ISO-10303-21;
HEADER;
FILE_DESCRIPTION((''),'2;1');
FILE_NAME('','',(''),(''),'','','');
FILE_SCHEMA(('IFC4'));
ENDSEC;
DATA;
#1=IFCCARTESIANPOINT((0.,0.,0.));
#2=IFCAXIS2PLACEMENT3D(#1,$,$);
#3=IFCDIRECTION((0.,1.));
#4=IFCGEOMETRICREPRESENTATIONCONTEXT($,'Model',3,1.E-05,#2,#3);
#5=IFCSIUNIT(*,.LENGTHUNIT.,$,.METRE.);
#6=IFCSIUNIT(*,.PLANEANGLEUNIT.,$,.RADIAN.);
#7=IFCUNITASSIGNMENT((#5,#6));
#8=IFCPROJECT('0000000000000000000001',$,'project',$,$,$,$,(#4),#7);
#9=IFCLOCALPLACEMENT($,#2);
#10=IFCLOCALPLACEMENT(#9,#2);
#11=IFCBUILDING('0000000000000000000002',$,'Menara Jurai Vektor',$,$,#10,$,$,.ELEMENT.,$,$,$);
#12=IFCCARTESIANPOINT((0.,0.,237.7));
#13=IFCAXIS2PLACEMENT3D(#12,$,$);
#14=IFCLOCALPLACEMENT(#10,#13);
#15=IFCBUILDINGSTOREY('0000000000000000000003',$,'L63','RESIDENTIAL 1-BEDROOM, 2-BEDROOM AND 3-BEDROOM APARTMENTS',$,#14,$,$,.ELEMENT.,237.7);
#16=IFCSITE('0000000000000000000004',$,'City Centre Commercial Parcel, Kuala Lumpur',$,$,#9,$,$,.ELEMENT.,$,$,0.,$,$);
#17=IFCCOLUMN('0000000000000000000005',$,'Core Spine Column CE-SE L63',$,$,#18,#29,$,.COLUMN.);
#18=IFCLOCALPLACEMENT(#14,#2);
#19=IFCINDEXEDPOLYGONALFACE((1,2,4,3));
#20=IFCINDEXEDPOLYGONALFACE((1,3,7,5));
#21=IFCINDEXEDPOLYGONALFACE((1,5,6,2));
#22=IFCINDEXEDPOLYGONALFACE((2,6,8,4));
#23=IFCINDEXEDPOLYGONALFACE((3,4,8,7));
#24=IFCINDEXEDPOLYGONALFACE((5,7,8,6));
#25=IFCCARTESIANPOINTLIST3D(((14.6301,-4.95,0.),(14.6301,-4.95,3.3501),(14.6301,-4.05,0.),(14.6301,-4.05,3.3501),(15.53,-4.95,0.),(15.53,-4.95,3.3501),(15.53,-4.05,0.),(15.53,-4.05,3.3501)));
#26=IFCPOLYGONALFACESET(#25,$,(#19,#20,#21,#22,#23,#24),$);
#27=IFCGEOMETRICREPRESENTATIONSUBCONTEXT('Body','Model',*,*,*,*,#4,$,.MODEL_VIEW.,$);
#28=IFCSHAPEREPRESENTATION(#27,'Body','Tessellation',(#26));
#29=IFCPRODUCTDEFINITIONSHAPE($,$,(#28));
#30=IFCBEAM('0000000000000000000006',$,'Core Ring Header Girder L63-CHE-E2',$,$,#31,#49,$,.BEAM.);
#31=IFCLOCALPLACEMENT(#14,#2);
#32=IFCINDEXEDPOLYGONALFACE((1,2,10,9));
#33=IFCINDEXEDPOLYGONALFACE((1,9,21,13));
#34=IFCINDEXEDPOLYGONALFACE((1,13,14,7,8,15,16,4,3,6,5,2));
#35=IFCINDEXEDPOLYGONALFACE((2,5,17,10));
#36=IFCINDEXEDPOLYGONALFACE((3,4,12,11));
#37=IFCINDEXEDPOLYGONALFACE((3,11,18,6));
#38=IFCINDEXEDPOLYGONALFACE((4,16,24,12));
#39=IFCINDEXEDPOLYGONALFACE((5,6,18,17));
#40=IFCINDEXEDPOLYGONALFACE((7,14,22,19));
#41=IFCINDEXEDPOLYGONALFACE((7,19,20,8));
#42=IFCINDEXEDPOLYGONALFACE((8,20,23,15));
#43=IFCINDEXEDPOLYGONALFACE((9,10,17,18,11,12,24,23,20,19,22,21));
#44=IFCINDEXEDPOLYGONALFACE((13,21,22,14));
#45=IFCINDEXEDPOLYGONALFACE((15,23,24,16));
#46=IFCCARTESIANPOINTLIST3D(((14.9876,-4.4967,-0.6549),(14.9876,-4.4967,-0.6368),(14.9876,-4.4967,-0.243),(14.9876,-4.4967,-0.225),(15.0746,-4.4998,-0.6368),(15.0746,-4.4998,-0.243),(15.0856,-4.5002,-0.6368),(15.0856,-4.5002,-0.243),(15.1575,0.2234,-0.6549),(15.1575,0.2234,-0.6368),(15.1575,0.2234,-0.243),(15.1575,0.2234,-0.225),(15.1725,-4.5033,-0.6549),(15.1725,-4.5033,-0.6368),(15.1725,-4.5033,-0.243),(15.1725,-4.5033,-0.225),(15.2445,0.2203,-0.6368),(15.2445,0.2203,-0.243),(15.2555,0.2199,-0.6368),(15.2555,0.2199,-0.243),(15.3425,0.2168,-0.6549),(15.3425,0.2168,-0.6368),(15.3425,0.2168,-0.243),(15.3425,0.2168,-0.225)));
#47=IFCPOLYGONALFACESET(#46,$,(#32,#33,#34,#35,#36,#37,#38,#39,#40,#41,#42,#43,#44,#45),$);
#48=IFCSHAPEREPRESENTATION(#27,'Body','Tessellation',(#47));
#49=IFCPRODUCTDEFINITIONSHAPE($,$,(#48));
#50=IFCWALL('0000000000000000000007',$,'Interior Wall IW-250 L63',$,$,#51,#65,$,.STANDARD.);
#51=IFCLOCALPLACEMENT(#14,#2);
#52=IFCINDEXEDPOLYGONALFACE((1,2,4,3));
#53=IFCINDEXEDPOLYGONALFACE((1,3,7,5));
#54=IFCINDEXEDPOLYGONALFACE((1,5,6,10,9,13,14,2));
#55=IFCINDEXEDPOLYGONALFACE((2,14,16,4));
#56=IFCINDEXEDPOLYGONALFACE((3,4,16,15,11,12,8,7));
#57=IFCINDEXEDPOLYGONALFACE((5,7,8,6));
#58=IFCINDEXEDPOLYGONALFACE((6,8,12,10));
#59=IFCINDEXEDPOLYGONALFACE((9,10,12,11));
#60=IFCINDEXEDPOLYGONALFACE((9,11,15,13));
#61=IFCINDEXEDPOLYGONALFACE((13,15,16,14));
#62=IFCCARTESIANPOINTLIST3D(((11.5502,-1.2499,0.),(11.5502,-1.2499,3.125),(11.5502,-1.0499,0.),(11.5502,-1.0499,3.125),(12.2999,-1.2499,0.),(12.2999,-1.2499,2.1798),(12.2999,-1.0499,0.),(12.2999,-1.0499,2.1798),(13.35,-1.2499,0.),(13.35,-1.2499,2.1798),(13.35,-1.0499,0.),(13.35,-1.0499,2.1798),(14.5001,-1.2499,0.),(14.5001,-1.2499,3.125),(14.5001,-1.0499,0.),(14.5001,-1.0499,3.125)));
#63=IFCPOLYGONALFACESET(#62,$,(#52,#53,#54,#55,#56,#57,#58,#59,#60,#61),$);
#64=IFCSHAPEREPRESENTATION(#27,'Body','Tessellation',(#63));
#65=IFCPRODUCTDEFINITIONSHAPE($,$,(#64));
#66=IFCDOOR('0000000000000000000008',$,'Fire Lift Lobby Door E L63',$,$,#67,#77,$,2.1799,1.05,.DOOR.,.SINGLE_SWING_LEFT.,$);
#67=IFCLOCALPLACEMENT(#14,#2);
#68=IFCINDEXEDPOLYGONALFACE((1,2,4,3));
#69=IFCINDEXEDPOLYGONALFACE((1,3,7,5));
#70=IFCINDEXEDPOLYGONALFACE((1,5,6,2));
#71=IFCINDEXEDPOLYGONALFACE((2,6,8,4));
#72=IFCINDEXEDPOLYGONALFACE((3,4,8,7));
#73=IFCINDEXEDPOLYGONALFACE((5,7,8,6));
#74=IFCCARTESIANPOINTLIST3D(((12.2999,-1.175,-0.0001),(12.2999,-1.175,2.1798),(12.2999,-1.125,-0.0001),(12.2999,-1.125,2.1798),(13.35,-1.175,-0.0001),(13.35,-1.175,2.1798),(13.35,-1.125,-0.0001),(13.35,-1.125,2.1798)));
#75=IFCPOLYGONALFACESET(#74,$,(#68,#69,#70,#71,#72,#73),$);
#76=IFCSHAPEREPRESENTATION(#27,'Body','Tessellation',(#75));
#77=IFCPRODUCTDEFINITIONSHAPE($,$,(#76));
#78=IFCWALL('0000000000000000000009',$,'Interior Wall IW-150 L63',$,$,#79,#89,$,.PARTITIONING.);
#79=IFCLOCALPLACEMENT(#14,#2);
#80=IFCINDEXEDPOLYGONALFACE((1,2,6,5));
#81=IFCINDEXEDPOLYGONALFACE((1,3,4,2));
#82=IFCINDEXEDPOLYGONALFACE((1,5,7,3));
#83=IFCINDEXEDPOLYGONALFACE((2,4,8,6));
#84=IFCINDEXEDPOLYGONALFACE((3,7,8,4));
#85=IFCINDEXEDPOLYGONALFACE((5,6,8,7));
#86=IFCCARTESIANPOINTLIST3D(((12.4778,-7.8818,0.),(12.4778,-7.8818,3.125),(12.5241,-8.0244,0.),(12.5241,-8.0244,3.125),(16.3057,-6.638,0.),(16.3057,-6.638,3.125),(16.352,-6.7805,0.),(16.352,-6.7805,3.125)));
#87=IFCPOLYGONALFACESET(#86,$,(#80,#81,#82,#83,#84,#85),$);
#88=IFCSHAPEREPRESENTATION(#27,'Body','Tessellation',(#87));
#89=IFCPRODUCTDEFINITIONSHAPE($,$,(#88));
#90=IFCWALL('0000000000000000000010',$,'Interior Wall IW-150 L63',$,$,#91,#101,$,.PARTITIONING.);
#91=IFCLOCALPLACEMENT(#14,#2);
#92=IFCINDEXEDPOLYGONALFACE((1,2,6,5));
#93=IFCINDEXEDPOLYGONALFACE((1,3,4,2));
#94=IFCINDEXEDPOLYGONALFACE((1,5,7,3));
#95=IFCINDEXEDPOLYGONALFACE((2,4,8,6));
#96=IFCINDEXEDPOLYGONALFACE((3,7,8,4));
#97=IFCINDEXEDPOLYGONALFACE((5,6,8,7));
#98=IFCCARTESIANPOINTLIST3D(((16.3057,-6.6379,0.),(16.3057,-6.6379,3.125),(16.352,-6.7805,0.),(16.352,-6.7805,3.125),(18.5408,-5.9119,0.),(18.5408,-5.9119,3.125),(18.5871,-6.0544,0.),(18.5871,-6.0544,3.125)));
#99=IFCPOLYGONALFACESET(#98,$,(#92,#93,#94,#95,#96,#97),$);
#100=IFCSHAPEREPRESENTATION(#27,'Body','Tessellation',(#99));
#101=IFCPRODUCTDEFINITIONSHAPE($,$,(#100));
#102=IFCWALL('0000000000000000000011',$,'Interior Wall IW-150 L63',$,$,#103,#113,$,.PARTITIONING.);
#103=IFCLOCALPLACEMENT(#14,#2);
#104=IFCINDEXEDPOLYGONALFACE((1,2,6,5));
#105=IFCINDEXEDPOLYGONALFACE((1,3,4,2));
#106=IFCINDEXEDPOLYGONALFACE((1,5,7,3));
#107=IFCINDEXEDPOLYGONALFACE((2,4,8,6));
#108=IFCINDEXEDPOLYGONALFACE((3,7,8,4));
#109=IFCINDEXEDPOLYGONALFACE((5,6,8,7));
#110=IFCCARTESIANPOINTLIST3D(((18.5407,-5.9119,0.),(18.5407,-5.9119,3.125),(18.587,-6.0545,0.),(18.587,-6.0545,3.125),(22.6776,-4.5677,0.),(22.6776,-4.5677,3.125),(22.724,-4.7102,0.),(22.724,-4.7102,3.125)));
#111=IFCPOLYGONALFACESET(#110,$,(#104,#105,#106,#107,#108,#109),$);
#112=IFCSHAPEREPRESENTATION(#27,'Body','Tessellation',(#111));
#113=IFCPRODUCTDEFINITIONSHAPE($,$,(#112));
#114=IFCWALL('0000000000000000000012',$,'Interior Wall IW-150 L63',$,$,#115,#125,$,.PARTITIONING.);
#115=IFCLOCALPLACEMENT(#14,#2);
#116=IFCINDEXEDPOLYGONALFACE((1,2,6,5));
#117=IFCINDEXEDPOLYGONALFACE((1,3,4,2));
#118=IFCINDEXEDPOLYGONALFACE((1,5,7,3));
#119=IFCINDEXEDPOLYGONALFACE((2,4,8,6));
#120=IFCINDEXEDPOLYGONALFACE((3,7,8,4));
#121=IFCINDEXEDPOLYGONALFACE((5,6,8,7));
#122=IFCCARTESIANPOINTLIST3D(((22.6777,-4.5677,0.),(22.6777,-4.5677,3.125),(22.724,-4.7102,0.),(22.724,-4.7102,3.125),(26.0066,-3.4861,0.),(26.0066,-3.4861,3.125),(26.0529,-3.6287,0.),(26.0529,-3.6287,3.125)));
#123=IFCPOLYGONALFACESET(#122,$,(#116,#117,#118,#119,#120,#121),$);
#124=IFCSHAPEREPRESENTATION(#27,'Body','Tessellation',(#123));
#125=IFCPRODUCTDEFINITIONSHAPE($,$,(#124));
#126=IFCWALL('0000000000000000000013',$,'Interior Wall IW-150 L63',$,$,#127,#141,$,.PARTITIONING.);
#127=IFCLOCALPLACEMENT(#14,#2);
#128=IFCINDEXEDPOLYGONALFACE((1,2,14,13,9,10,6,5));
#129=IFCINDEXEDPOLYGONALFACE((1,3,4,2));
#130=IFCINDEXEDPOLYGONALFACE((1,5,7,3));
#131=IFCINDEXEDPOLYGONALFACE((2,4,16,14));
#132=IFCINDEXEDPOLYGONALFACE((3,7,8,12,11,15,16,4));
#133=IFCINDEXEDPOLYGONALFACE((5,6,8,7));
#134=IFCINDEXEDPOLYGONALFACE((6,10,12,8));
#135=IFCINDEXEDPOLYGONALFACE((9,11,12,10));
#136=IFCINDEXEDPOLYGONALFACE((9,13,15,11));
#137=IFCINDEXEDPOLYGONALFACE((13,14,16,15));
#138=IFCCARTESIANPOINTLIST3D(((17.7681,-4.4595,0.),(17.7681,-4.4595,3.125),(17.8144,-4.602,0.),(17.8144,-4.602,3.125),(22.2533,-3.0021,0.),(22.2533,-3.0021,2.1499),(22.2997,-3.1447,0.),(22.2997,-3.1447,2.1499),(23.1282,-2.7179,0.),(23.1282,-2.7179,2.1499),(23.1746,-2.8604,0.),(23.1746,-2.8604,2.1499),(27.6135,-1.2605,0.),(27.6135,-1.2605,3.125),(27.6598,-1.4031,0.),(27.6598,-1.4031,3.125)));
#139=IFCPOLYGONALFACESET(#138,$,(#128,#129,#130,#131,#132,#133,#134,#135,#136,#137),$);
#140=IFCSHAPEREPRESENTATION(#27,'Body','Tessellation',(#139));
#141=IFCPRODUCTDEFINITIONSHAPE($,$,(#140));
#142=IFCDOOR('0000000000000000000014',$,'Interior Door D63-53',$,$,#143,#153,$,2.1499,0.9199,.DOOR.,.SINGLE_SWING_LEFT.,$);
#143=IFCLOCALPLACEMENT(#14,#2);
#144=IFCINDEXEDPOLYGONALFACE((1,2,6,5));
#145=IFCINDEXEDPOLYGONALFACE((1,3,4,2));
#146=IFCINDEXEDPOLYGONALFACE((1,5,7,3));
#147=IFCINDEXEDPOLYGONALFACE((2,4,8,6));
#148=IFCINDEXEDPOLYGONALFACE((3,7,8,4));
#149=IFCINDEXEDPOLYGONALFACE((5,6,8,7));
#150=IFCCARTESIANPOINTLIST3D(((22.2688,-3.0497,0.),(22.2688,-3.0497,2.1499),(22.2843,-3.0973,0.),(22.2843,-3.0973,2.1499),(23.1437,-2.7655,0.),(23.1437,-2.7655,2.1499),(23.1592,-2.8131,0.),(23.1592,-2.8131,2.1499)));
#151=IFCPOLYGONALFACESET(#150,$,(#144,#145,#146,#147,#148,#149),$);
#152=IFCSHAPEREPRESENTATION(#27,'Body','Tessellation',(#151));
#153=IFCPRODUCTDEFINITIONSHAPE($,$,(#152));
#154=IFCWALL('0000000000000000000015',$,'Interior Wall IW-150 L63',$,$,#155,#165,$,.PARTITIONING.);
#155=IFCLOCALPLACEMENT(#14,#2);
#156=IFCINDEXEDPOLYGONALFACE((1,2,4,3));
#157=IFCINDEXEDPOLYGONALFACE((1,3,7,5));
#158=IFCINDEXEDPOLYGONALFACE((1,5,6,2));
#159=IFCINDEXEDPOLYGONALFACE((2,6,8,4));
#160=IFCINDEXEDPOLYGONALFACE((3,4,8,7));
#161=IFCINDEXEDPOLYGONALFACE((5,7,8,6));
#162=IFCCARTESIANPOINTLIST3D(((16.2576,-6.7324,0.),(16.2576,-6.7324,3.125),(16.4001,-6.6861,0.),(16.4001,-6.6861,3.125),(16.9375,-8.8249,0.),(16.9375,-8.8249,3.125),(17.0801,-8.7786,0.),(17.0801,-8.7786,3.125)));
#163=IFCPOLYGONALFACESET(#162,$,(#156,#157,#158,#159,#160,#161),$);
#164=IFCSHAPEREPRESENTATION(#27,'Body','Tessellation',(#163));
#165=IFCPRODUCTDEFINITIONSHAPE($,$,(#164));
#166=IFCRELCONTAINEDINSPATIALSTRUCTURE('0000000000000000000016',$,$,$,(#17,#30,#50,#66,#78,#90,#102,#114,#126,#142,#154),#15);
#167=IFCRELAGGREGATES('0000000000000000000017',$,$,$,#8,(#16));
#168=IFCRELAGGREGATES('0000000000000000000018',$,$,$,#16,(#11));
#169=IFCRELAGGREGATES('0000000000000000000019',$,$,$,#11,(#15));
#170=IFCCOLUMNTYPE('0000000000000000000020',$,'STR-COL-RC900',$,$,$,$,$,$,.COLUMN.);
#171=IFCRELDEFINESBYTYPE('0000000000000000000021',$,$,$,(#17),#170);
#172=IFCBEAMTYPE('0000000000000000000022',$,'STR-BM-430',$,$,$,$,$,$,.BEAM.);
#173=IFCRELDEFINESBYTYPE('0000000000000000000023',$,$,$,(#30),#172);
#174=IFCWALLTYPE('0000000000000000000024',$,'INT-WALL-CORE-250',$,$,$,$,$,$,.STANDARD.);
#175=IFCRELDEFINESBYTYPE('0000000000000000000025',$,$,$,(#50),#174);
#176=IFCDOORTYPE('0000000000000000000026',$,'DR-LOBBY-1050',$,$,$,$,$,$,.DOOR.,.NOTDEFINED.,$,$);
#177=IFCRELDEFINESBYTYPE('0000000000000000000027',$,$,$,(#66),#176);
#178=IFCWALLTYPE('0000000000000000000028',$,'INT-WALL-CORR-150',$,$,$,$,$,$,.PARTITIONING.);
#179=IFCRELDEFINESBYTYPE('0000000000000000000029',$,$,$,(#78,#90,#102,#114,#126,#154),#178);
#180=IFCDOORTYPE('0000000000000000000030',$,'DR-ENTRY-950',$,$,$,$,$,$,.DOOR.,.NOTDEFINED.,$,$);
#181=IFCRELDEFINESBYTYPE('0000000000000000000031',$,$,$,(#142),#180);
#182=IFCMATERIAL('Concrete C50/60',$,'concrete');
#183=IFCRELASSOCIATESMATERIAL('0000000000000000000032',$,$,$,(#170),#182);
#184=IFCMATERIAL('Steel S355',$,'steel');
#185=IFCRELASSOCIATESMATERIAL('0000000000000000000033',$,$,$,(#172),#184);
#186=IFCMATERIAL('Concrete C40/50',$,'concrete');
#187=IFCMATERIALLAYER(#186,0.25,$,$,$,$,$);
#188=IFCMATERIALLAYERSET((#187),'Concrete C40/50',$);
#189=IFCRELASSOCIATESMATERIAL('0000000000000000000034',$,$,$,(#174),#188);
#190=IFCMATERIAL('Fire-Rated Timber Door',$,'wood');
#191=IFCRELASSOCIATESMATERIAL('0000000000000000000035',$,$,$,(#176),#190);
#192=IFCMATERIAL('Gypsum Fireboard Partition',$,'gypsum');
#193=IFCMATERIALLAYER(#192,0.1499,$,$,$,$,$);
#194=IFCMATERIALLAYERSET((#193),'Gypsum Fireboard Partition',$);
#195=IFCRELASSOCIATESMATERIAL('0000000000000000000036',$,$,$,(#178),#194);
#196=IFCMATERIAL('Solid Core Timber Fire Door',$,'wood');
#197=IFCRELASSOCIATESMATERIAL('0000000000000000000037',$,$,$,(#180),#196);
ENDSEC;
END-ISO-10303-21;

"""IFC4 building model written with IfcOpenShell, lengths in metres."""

from ifc_helpers import new_model, si_unit, direction, frame, frame_2d, origin, origin_2d, place, context, subcontext, project, spatial, rectangle, i_section, extrude, material, layer, layer_set, material_profile, profile_set, type_object, element, fill, save


model = new_model("IFC4")

# Units and contexts
model_context = context("Model", 3, precision=1e-05, world=origin(), true_north=direction((0.0, 1.0)))
body_context = subcontext(model_context, "Body", "Model", "MODEL_VIEW")
ifc_project = project(units=[si_unit("LENGTHUNIT", "METRE"), si_unit("PLANEANGLEUNIT", "RADIAN")], contexts=[model_context])

# Site, building, storey
site_placement = place(None, origin())
site = spatial("IfcSite", under=ifc_project, at=site_placement, Name="City Centre Commercial Parcel, Kuala Lumpur", CompositionType="ELEMENT", RefElevation=0.0)
building_placement = place(site_placement, origin())
building = spatial("IfcBuilding", under=site, at=building_placement, Name="Menara Jurai Vektor", CompositionType="ELEMENT")
storey_placement = place(building_placement, frame((0.0, 0.0, 237.7)))
storey = spatial("IfcBuildingStorey", under=building, at=storey_placement, Name="L63", Description="RESIDENTIAL 1-BEDROOM, 2-BEDROOM AND 3-BEDROOM APARTMENTS", CompositionType="ELEMENT", Elevation=237.7)

# Column
ifc_material_1 = material(Name="Concrete C50/60", Category="concrete")
ifc_material_profile_1 = material_profile(ifc_material_1, rectangle(XDim=0.8999, YDim=0.8999, at=origin_2d()), Name="RC 900x900")
ifc_profile_set_1 = profile_set([ifc_material_profile_1], Name="Concrete C50/60")
column_type = type_object("IfcColumnType", Name="STR-COL-RC900", PredefinedType="COLUMN", material=ifc_profile_set_1)
column_placement = place(storey_placement, frame((15.0801, -4.5, 0.0), z_axis=(0.0, 0.0, 1.0), x_axis=(1.0, 0.0, 0.0)))
element("IfcColumn", 1, at=column_placement, inside=storey, type_object=column_type, Name="Core Spine Column CE-SE L63", PredefinedType="COLUMN", context=body_context, shape_type="SweptSolid", body=[
    extrude(rectangle(XDim=0.8999, YDim=0.8999, at=origin_2d()), origin(), (0.0, 0.0, 1.0), 3.3501),
])

# Beam
ifc_material_2 = material(Name="Steel S355", Category="steel")
ifc_material_profile_2 = material_profile(ifc_material_2, i_section(OverallWidth=0.1851, OverallDepth=0.4299, WebThickness=0.011, FlangeThickness=0.0181, at=origin_2d()), Name="PG 430x185x76")
ifc_profile_set_2 = profile_set([ifc_material_profile_2], Name="Steel S355")
beam_type = type_object("IfcBeamType", Name="STR-BM-430", PredefinedType="BEAM", material=ifc_profile_set_2)
beam_placement = place(storey_placement, frame((15.0801, -4.5, -0.4399), z_axis=(0.035977, 0.999353, 0.0), x_axis=(-0.999353, 0.035977, 0.0)))
element("IfcBeam", 2, at=beam_placement, inside=storey, type_object=beam_type, Name="Core Ring Header Girder L63-CHE-E2", PredefinedType="BEAM", context=body_context, shape_type="SweptSolid", body=[
    extrude(i_section(OverallWidth=0.1851, OverallDepth=0.4299, WebThickness=0.011, FlangeThickness=0.0181, at=origin_2d()), origin(), (0.0, 0.0, 1.0), 4.7231),
])

# Wall, opening, door
ifc_material_3 = material(Name="Concrete C40/50", Category="concrete")
ifc_layer_1 = layer(ifc_material_3, 0.25)
ifc_layer_set_1 = layer_set([ifc_layer_1], Name="Concrete C40/50")
wall_type_1 = type_object("IfcWallType", Name="INT-WALL-CORE-250", PredefinedType="STANDARD", material=ifc_layer_set_1)
wall_1_placement = place(storey_placement, frame((11.55, -1.1499, 0.0), z_axis=(0.0, 0.0, 1.0), x_axis=(1.0, 0.0, 0.0)))
wall_1 = element("IfcWall", 3, at=wall_1_placement, inside=storey, type_object=wall_type_1, Name="Interior Wall IW-250 L63", PredefinedType="STANDARD", context=body_context, shape_type="SweptSolid", body=[
    extrude(rectangle(XDim=2.95, YDim=0.2, at=frame_2d((1.4751, 0.0))), origin(), (0.0, 0.0, 1.0), 3.125),
])
opening_1_placement = place(wall_1_placement, frame((0.75, 0.0, 0.0)))
opening_1 = element("IfcOpeningElement", 4, at=opening_1_placement, cuts=wall_1, PredefinedType="OPENING", context=body_context, shape_type="SweptSolid", body=[
    extrude(rectangle(XDim=1.05, YDim=2.1799, at=frame_2d((0.5249, 1.0898))), frame((0.0, 0.1099, 0.0), z_axis=(0.0, -1.0, 0.0), x_axis=(1.0, 0.0, 0.0)), (0.0, 0.0, 1.0), 0.22),
])
ifc_material_4 = material(Name="Fire-Rated Timber Door", Category="wood")
door_type_1 = type_object("IfcDoorType", Name="DR-LOBBY-1050", OperationType="NOTDEFINED", PredefinedType="DOOR", material=ifc_material_4)
door_1_placement = place(opening_1_placement, origin())
door_1 = element("IfcDoor", 5, at=door_1_placement, inside=storey, type_object=door_type_1, Name="Fire Lift Lobby Door E L63", OperationType="SINGLE_SWING_LEFT", OverallHeight=2.1799, OverallWidth=1.05, PredefinedType="DOOR", context=body_context, shape_type="SweptSolid", body=[
    extrude(rectangle(XDim=1.05, YDim=2.1799, at=frame_2d((0.5249, 1.0898))), frame((0.0, 0.0249, 0.0), z_axis=(0.0, -1.0, 0.0), x_axis=(1.0, 0.0, 0.0)), (0.0, 0.0, 1.0), 0.05),
])
fill(opening_1, door_1)

# Walls
ifc_material_5 = material(Name="Gypsum Fireboard Partition", Category="gypsum")
ifc_layer_2 = layer(ifc_material_5, 0.1499)
ifc_layer_set_2 = layer_set([ifc_layer_2], Name="Gypsum Fireboard Partition")
wall_type_2 = type_object("IfcWallType", Name="INT-WALL-CORR-150", PredefinedType="PARTITIONING", material=ifc_layer_set_2)
wall_2_placement = place(storey_placement, frame((12.501, -7.9531, 0.0), z_axis=(0.0, 0.0, 1.0), x_axis=(0.951046, 0.309049, 0.0)))
element("IfcWall", 6, at=wall_2_placement, inside=storey, type_object=wall_type_2, Name="Interior Wall IW-150 L63", PredefinedType="PARTITIONING", context=body_context, shape_type="SweptSolid", body=[
    extrude(rectangle(XDim=4.0249, YDim=0.1499, at=frame_2d((2.0125, 0.0))), origin(), (0.0, 0.0, 1.0), 3.125),
])
wall_3_placement = place(storey_placement, frame((16.3289, -6.7092, 0.0), z_axis=(0.0, 0.0, 1.0), x_axis=(0.951076, 0.308957, 0.0)))
element("IfcWall", 7, at=wall_3_placement, inside=storey, type_object=wall_type_2, Name="Interior Wall IW-150 L63", PredefinedType="PARTITIONING", context=body_context, shape_type="SweptSolid", body=[
    extrude(rectangle(XDim=2.3501, YDim=0.1499, at=frame_2d((1.175, 0.0))), origin(), (0.0, 0.0, 1.0), 3.125),
])
wall_4_placement = place(storey_placement, frame((18.564, -5.9832, 0.0), z_axis=(0.0, 0.0, 1.0), x_axis=(0.951053, 0.309029, 0.0)))
element("IfcWall", 8, at=wall_4_placement, inside=storey, type_object=wall_type_2, Name="Interior Wall IW-150 L63", PredefinedType="PARTITIONING", context=body_context, shape_type="SweptSolid", body=[
    extrude(rectangle(XDim=4.3499, YDim=0.1499, at=frame_2d((2.1748, 0.0))), origin(), (0.0, 0.0, 1.0), 3.125),
])
wall_5_placement = place(storey_placement, frame((22.7009, -4.6389, 0.0), z_axis=(0.0, 0.0, 1.0), x_axis=(0.951062, 0.308999, 0.0)))
element("IfcWall", 9, at=wall_5_placement, inside=storey, type_object=wall_type_2, Name="Interior Wall IW-150 L63", PredefinedType="PARTITIONING", context=body_context, shape_type="SweptSolid", body=[
    extrude(rectangle(XDim=3.5002, YDim=0.1499, at=frame_2d((1.75, 0.0))), origin(), (0.0, 0.0, 1.0), 3.125),
])

# Wall, opening, door
wall_6_placement = place(storey_placement, frame((17.7913, -4.5308, 0.0), z_axis=(0.0, 0.0, 1.0), x_axis=(0.951057, 0.309016, 0.0)))
wall_6 = element("IfcWall", 10, at=wall_6_placement, inside=storey, type_object=wall_type_2, Name="Interior Wall IW-150 L63", PredefinedType="PARTITIONING", context=body_context, shape_type="SweptSolid", body=[
    extrude(rectangle(XDim=10.3521, YDim=0.1499, at=frame_2d((5.176, 0.0))), origin(), (0.0, 0.0, 1.0), 3.125),
])
opening_2_placement = place(wall_6_placement, frame((4.7161, 0.0, 0.0)))
opening_2 = element("IfcOpeningElement", 11, at=opening_2_placement, cuts=wall_6, PredefinedType="OPENING", context=body_context, shape_type="SweptSolid", body=[
    extrude(rectangle(XDim=0.9199, YDim=2.1499, at=frame_2d((0.46, 1.075))), frame((0.0, 0.085, 0.0), z_axis=(0.0, -1.0, 0.0), x_axis=(1.0, 0.0, 0.0)), (0.0, 0.0, 1.0), 0.1699),
])
ifc_material_6 = material(Name="Solid Core Timber Fire Door", Category="wood")
door_type_2 = type_object("IfcDoorType", Name="DR-ENTRY-950", OperationType="NOTDEFINED", PredefinedType="DOOR", material=ifc_material_6)
door_2_placement = place(opening_2_placement, origin())
door_2 = element("IfcDoor", 12, at=door_2_placement, inside=storey, type_object=door_type_2, Name="Interior Door D63-53", OperationType="SINGLE_SWING_LEFT", OverallHeight=2.1499, OverallWidth=0.9199, PredefinedType="DOOR", context=body_context, shape_type="SweptSolid", body=[
    extrude(rectangle(XDim=0.9199, YDim=2.1499, at=frame_2d((0.46, 1.075))), frame((0.0, 0.0249, 0.0), z_axis=(0.0, -1.0, 0.0), x_axis=(1.0, 0.0, 0.0)), (0.0, 0.0, 1.0), 0.05),
])
fill(opening_2, door_2)

# Wall
wall_7_placement = place(storey_placement, frame((17.0088, -8.8018, 0.0), z_axis=(0.0, 0.0, 1.0), x_axis=(-0.309028, 0.951053, 0.0)))
element("IfcWall", 13, at=wall_7_placement, inside=storey, type_object=wall_type_2, Name="Interior Wall IW-150 L63", PredefinedType="PARTITIONING", context=body_context, shape_type="SweptSolid", body=[
    extrude(rectangle(XDim=2.2002, YDim=0.1499, at=frame_2d((1.1001, 0.0))), origin(), (0.0, 0.0, 1.0), 3.125),
])

save(model, "model.ifc")
